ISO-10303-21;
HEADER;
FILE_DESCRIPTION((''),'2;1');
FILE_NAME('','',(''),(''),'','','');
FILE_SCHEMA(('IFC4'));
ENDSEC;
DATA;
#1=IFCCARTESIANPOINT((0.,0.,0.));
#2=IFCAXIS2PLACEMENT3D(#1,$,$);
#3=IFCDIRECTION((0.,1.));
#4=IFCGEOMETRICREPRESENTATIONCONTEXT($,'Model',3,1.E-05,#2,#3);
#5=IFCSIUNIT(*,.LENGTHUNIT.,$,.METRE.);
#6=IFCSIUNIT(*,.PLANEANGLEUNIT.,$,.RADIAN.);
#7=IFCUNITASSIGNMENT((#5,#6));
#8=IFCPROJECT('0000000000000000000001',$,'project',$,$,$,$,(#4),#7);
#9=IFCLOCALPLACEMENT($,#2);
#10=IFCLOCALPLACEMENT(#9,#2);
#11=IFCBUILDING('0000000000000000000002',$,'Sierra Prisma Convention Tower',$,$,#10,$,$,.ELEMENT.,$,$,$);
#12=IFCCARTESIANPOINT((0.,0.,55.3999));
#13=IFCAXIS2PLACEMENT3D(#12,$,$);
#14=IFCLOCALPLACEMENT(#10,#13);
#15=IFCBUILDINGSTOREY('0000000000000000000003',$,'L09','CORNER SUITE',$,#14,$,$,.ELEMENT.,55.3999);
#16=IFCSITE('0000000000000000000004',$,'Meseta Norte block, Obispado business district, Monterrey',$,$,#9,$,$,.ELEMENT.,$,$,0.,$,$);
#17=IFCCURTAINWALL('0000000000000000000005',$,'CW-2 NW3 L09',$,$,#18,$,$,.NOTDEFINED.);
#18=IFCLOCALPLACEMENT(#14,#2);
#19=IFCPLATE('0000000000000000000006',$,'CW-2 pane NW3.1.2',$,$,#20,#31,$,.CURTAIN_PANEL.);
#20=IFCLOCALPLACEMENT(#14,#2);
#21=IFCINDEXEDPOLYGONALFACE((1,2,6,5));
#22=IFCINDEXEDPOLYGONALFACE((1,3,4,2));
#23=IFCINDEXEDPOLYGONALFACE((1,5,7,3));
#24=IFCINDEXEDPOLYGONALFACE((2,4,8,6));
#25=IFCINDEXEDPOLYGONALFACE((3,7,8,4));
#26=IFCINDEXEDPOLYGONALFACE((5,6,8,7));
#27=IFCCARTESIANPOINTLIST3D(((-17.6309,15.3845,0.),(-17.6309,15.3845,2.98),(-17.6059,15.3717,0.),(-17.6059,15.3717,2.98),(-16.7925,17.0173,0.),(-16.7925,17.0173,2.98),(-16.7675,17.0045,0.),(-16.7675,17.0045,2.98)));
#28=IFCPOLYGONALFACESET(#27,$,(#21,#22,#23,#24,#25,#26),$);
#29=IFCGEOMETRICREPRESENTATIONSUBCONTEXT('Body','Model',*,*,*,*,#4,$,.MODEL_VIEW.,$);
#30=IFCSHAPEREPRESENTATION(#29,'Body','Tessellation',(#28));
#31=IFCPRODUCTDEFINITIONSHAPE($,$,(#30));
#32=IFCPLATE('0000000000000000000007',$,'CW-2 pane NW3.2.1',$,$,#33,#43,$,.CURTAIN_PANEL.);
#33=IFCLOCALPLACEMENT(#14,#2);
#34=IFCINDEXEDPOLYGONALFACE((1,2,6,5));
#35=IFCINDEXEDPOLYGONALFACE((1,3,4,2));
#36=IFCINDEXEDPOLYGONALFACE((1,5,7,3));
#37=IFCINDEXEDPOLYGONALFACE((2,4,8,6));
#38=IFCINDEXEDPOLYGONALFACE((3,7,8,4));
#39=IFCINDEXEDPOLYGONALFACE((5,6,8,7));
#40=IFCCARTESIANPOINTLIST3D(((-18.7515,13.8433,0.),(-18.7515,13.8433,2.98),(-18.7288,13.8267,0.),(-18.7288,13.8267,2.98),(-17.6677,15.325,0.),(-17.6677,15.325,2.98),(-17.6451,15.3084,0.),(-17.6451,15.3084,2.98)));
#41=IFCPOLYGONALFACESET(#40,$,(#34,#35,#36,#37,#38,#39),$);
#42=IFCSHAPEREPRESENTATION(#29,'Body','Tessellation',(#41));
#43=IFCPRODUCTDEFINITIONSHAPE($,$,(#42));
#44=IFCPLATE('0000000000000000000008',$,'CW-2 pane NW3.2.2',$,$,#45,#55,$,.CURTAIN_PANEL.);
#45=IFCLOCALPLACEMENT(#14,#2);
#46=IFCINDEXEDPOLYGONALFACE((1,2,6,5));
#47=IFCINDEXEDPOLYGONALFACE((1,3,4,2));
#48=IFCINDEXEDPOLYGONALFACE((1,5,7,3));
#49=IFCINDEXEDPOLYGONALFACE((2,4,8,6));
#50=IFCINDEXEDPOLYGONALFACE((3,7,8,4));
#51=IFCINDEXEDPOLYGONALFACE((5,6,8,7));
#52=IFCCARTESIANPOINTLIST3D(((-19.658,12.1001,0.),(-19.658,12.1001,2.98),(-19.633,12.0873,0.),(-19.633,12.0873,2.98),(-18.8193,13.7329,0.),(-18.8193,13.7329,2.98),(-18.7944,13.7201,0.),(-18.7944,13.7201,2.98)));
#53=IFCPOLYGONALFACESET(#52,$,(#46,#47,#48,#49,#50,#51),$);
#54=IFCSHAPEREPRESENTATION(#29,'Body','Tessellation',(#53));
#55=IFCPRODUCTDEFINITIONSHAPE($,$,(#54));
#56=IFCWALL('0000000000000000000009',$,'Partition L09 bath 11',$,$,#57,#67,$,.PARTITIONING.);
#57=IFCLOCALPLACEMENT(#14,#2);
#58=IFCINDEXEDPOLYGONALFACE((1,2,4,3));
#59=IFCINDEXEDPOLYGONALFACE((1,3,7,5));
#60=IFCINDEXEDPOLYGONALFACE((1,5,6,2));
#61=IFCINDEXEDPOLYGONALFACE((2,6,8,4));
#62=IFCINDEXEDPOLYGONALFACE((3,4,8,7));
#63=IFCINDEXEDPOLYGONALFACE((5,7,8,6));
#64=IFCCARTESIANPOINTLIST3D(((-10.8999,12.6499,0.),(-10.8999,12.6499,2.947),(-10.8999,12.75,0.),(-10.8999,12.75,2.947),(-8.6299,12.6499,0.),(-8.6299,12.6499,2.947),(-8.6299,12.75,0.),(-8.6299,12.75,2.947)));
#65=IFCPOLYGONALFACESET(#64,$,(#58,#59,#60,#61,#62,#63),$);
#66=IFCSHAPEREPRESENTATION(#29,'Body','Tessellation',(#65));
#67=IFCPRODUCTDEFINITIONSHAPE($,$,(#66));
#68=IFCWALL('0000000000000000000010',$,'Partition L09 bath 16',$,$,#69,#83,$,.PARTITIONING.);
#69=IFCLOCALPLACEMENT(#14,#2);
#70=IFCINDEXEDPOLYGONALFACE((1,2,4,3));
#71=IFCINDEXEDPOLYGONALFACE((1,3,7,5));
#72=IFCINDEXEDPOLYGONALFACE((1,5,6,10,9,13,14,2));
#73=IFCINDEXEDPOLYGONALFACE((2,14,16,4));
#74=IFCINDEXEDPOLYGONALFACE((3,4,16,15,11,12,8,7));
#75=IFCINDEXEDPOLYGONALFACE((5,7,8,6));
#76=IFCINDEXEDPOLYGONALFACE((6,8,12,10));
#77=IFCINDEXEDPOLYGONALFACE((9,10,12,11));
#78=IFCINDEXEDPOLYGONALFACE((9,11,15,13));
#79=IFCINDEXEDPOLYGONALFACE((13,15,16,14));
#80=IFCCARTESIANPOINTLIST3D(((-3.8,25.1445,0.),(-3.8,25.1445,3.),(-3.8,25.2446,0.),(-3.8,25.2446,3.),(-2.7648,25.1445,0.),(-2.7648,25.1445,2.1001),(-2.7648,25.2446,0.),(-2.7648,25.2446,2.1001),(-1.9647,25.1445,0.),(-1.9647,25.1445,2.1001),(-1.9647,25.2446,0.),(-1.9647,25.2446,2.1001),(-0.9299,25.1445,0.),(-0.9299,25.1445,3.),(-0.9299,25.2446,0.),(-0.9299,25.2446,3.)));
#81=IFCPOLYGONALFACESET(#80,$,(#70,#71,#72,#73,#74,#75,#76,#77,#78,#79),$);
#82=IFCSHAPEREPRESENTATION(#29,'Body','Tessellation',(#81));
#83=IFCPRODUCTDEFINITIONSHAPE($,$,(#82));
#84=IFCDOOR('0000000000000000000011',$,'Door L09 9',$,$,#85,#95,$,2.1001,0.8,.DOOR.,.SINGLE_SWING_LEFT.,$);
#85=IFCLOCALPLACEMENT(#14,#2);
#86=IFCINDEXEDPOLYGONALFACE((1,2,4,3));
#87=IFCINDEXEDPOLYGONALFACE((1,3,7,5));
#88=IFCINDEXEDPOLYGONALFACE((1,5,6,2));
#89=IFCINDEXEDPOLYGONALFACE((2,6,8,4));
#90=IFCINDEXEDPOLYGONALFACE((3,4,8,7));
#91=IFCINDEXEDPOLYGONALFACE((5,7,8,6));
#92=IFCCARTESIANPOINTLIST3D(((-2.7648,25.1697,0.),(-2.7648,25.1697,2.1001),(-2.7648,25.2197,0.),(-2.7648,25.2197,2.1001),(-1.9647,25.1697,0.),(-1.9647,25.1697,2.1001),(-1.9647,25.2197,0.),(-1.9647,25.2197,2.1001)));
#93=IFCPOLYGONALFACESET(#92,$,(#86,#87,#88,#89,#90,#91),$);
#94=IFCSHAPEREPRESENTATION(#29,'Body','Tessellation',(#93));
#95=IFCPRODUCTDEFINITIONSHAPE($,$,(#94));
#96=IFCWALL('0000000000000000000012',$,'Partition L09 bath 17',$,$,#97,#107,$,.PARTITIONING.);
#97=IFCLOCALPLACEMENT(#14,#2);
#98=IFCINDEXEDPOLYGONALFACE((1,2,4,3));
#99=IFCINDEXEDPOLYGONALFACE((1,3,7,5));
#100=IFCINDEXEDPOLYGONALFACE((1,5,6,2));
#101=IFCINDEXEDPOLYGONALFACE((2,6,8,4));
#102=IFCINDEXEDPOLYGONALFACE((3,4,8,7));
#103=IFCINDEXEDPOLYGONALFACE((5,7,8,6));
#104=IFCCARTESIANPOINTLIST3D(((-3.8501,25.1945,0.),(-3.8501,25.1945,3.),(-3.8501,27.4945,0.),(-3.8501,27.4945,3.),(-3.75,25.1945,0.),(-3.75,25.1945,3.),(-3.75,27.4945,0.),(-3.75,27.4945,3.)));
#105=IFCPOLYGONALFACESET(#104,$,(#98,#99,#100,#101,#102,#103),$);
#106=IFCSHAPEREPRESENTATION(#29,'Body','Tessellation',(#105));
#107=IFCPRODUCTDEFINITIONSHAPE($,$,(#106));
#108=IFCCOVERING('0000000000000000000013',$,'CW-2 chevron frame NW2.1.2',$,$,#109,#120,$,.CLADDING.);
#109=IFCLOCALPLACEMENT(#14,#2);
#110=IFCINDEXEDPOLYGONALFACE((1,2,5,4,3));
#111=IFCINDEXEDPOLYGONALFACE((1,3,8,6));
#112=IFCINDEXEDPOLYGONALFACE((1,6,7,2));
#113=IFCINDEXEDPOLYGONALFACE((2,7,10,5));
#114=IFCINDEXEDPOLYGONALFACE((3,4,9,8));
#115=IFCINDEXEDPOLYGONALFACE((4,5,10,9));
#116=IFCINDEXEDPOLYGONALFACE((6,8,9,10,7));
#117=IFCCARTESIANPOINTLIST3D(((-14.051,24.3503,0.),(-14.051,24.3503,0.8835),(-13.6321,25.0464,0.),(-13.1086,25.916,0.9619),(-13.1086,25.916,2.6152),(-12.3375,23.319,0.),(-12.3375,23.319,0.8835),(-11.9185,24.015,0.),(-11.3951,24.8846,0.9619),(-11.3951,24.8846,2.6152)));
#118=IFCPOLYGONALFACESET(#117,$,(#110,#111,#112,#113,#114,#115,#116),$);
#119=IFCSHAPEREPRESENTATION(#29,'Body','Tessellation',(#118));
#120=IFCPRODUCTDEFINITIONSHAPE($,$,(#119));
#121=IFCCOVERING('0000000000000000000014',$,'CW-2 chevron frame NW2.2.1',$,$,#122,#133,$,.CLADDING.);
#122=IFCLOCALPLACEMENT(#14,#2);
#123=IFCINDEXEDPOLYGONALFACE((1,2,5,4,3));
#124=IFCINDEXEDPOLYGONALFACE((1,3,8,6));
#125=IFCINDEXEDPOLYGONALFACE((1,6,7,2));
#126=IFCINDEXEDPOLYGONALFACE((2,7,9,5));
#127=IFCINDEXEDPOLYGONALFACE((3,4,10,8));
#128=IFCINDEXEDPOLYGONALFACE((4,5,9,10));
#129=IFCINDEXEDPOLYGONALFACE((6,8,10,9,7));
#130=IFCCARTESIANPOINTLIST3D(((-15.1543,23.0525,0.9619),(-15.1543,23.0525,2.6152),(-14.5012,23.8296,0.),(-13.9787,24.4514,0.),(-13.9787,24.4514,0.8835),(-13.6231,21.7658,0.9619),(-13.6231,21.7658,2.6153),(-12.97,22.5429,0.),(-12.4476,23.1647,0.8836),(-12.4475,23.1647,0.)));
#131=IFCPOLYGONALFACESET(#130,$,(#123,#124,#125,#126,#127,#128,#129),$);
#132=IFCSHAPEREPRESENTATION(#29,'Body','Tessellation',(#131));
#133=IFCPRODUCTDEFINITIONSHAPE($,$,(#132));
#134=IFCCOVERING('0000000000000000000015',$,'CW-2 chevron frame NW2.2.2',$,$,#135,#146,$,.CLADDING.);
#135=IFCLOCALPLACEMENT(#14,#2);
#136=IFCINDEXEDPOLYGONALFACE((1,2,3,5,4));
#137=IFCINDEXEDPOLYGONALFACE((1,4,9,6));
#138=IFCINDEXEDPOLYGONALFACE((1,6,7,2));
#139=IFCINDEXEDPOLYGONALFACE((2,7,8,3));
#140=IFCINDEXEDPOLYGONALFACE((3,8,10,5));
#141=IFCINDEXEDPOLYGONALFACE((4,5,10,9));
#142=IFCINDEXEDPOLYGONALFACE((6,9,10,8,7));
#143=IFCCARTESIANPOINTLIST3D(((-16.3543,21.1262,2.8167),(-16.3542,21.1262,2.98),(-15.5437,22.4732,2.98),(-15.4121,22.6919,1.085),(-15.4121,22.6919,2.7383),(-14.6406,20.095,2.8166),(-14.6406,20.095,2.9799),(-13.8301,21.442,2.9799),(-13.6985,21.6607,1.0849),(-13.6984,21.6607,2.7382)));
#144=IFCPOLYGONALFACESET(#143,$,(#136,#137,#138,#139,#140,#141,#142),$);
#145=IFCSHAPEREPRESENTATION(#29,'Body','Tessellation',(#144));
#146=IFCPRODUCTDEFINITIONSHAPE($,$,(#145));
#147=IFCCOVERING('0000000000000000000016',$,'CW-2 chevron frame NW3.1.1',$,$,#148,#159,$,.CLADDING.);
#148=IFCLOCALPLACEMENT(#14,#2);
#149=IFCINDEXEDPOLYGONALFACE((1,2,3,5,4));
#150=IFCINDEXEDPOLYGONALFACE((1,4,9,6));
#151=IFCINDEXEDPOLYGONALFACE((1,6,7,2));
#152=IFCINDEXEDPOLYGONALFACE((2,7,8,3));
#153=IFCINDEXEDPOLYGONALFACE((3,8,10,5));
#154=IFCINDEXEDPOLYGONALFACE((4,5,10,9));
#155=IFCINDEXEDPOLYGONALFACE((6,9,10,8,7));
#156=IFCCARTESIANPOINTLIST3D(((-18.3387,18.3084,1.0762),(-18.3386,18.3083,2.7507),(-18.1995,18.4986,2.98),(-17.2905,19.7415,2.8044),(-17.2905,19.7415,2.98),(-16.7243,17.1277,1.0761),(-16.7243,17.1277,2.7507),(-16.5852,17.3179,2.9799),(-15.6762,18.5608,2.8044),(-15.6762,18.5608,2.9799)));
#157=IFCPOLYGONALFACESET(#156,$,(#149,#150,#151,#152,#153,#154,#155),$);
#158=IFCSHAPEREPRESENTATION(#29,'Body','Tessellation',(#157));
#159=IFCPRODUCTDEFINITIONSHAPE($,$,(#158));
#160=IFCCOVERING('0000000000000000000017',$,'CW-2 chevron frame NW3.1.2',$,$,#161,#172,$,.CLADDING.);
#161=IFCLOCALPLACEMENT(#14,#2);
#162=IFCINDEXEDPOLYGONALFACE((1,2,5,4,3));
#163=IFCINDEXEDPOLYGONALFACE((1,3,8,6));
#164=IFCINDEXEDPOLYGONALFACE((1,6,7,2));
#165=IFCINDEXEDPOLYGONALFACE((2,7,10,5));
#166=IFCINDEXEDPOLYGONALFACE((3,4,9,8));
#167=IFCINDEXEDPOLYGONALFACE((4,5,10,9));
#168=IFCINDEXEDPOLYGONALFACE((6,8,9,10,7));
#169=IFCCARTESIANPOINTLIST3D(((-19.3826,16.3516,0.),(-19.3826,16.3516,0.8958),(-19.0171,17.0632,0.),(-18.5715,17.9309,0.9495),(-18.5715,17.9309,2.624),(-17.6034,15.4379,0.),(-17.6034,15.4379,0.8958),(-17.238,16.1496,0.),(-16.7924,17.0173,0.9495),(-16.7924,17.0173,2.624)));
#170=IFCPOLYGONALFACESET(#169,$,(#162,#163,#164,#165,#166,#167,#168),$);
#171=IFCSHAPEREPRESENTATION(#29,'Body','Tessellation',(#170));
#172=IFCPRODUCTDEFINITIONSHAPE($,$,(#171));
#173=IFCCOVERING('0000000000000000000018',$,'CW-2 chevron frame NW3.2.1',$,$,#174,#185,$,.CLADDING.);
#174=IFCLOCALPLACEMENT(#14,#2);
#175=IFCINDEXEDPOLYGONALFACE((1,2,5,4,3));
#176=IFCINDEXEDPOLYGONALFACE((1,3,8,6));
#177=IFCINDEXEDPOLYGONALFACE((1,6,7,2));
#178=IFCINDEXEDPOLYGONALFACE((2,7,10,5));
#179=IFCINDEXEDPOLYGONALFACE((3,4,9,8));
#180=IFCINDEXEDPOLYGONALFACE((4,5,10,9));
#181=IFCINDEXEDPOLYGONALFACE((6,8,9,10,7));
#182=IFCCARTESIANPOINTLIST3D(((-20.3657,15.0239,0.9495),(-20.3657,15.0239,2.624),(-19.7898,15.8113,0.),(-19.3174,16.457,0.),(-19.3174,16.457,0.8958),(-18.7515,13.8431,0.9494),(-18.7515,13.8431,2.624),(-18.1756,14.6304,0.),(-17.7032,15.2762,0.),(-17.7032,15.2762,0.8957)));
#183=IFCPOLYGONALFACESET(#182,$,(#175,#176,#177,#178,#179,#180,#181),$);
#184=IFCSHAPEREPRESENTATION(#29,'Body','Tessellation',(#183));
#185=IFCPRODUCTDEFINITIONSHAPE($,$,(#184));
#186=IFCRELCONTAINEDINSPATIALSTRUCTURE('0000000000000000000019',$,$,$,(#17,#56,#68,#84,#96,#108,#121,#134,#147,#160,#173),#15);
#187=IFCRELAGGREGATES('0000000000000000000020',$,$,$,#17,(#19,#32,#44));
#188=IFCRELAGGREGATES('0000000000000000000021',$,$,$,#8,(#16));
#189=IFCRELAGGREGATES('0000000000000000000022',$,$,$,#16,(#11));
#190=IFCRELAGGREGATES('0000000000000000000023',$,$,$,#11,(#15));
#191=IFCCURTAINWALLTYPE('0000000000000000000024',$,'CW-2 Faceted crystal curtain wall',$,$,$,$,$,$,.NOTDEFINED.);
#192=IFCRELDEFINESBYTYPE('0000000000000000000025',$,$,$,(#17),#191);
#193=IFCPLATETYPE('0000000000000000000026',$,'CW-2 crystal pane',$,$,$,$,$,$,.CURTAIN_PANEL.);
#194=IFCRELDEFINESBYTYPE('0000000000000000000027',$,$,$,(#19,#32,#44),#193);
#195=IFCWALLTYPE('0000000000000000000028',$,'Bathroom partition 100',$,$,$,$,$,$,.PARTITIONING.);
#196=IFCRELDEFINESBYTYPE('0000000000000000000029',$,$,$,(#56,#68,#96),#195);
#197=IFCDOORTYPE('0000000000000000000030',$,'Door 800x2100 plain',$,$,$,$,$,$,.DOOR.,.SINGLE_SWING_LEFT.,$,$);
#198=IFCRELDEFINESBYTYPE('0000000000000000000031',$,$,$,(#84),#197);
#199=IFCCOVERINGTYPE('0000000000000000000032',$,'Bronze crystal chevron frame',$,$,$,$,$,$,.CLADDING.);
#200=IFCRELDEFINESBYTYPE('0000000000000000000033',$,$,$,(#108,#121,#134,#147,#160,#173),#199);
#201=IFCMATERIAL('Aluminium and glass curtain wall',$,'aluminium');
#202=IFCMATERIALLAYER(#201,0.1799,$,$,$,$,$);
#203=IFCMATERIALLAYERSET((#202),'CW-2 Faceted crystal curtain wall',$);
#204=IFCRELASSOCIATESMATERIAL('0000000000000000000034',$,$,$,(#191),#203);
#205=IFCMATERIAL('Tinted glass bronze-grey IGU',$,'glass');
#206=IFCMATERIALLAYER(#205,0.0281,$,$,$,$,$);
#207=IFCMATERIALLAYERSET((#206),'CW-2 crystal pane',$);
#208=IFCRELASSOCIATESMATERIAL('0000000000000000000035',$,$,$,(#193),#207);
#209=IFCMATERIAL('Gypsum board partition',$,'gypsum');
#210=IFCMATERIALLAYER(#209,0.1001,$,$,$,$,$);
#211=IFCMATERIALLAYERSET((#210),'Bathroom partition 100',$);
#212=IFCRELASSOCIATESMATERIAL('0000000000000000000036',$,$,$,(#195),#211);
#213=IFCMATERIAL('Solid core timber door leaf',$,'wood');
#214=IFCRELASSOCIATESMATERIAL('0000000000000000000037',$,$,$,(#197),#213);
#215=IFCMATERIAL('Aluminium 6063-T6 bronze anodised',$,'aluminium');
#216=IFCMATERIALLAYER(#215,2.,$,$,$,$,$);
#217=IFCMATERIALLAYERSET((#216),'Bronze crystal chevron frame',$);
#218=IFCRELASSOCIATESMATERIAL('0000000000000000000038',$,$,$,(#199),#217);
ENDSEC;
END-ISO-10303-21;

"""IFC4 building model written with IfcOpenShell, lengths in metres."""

from ifc_helpers import new_model, si_unit, direction, frame, frame_2d, origin, place, context, subcontext, project, spatial, polyline, rectangle, outline, extrude, material, layer, layer_set, type_object, element, fill, aggregate, save


model = new_model("IFC4")

# Units and contexts
model_context = context("Model", 3, precision=1e-05, world=origin(), true_north=direction((0.0, 1.0)))
body_context = subcontext(model_context, "Body", "Model", "MODEL_VIEW")
ifc_project = project(units=[si_unit("LENGTHUNIT", "METRE"), si_unit("PLANEANGLEUNIT", "RADIAN")], contexts=[model_context])

# Site, building, storey
site_placement = place(None, origin())
site = spatial("IfcSite", under=ifc_project, at=site_placement, Name="Meseta Norte block, Obispado business district, Monterrey", CompositionType="ELEMENT", RefElevation=0.0)
building_placement = place(site_placement, origin())
building = spatial("IfcBuilding", under=site, at=building_placement, Name="Sierra Prisma Convention Tower", CompositionType="ELEMENT")
storey_placement = place(building_placement, frame((0.0, 0.0, 55.3999)))
storey = spatial("IfcBuildingStorey", under=building, at=storey_placement, Name="L09", Description="CORNER SUITE", CompositionType="ELEMENT", Elevation=55.3999)

# Curtain wall
ifc_material_1 = material(Name="Aluminium and glass curtain wall", Category="aluminium")
ifc_layer_1 = layer(ifc_material_1, 0.1799)
ifc_layer_set_1 = layer_set([ifc_layer_1], Name="CW-2 Faceted crystal curtain wall")
curtain_wall_type = type_object("IfcCurtainWallType", Name="CW-2 Faceted crystal curtain wall", PredefinedType="NOTDEFINED", material=ifc_layer_set_1)
curtain_wall_1_placement = place(storey_placement, origin())
curtain_wall_1 = element("IfcCurtainWall", 1, at=curtain_wall_1_placement, inside=storey, type_object=curtain_wall_type, Name="CW-2 NW3 L09", PredefinedType="NOTDEFINED")

# Plates
ifc_material_2 = material(Name="Tinted glass bronze-grey IGU", Category="glass")
ifc_layer_2 = layer(ifc_material_2, 0.0281)
ifc_layer_set_2 = layer_set([ifc_layer_2], Name="CW-2 crystal pane")
plate_type = type_object("IfcPlateType", Name="CW-2 crystal pane", PredefinedType="CURTAIN_PANEL", material=ifc_layer_set_2)
plate_1_placement = place(storey_placement, frame((-17.6309, 15.3845, 0.0), z_axis=(-0.889587, 0.456765, 0.0), x_axis=(0.456765, 0.889587, 0.0)))
plate_1 = element("IfcPlate", 2, at=plate_1_placement, type_object=plate_type, Name="CW-2 pane NW3.1.2", PredefinedType="CURTAIN_PANEL", context=body_context, shape_type="SweptSolid", body=[
    extrude(outline(polyline([(0.0, 0.0), (1.8355, 0.0), (1.8355, -2.98), (0.0, -2.98), (0.0, 0.0)])), origin(), (0.0, 0.0, -1.0), 0.0281),
])
plate_2_placement = place(storey_placement, frame((-17.6677, 15.325, 0.0), z_axis=(-0.80714, 0.59036, 0.0), x_axis=(-0.59036, -0.80714, 0.0)))
plate_2 = element("IfcPlate", 3, at=plate_2_placement, type_object=plate_type, Name="CW-2 pane NW3.2.1", PredefinedType="CURTAIN_PANEL", context=body_context, shape_type="SweptSolid", body=[
    extrude(outline(polyline([(0.0, 0.0), (1.8357, 0.0), (1.8357, 2.98), (0.0, 2.98), (0.0, 0.0)])), origin(), (0.0, 0.0, -1.0), 0.0281),
])
plate_3_placement = place(storey_placement, frame((-19.658, 12.1001, 0.0), z_axis=(-0.889533, 0.45687, 0.0), x_axis=(0.45687, 0.889533, 0.0)))
plate_3 = element("IfcPlate", 4, at=plate_3_placement, type_object=plate_type, Name="CW-2 pane NW3.2.2", PredefinedType="CURTAIN_PANEL", context=body_context, shape_type="SweptSolid", body=[
    extrude(outline(polyline([(0.0, 0.0), (1.8356, 0.0), (1.8356, -2.98), (0.0, -2.98), (0.0, 0.0)])), origin(), (0.0, 0.0, -1.0), 0.0281),
])
aggregate(curtain_wall_1, [plate_1, plate_2, plate_3])

# Wall
ifc_material_3 = material(Name="Gypsum board partition", Category="gypsum")
ifc_layer_3 = layer(ifc_material_3, 0.1001)
ifc_layer_set_3 = layer_set([ifc_layer_3], Name="Bathroom partition 100")
wall_type = type_object("IfcWallType", Name="Bathroom partition 100", PredefinedType="PARTITIONING", material=ifc_layer_set_3)
wall_1_placement = place(storey_placement, frame((-10.8999, 12.7, 0.0), z_axis=(0.0, 0.0, 1.0), x_axis=(1.0, 0.0, 0.0)))
element("IfcWall", 5, at=wall_1_placement, inside=storey, type_object=wall_type, Name="Partition L09 bath 11", PredefinedType="PARTITIONING", context=body_context, shape_type="SweptSolid", body=[
    extrude(rectangle(XDim=2.27, YDim=0.1001, at=frame_2d((1.135, 0.0))), origin(), (0.0, 0.0, 1.0), 2.947),
])

# Wall, opening, door
wall_2_placement = place(storey_placement, frame((-0.9299, 25.1946, 0.0), z_axis=(0.0, 0.0, 1.0), x_axis=(-1.0, 0.0, 0.0)))
wall_2 = element("IfcWall", 6, at=wall_2_placement, inside=storey, type_object=wall_type, Name="Partition L09 bath 16", PredefinedType="PARTITIONING", context=body_context, shape_type="SweptSolid", body=[
    extrude(rectangle(XDim=2.8701, YDim=0.1001, at=frame_2d((1.4351, 0.0))), origin(), (0.0, 0.0, 1.0), 3.0),
])
opening_placement = place(wall_2_placement, frame((1.0349, 0.0, 0.0)))
opening = element("IfcOpeningElement", 7, at=opening_placement, cuts=wall_2, PredefinedType="OPENING", context=body_context, shape_type="SweptSolid", body=[
    extrude(rectangle(XDim=0.8, YDim=2.1001, at=frame_2d((0.3999, 1.05))), frame((0.0, 0.05, 0.0), z_axis=(0.0, -1.0, 0.0), x_axis=(1.0, 0.0, 0.0)), (0.0, 0.0, 1.0), 0.1001),
])
ifc_material_4 = material(Name="Solid core timber door leaf", Category="wood")
door_type = type_object("IfcDoorType", Name="Door 800x2100 plain", OperationType="SINGLE_SWING_LEFT", PredefinedType="DOOR", material=ifc_material_4)
door_placement = place(opening_placement, origin())
door = element("IfcDoor", 8, at=door_placement, inside=storey, type_object=door_type, Name="Door L09 9", OperationType="SINGLE_SWING_LEFT", OverallHeight=2.1001, OverallWidth=0.8, PredefinedType="DOOR", context=body_context, shape_type="SweptSolid", body=[
    extrude(rectangle(XDim=0.8, YDim=2.1001, at=frame_2d((0.3999, 1.05))), frame((0.0, 0.0249, 0.0), z_axis=(0.0, -1.0, 0.0), x_axis=(1.0, 0.0, 0.0)), (0.0, 0.0, 1.0), 0.05),
])
fill(opening, door)

# Wall
wall_3_placement = place(storey_placement, frame((-3.8, 25.1946, 0.0), z_axis=(0.0, 0.0, 1.0), x_axis=(0.0, 1.0, 0.0)))
element("IfcWall", 9, at=wall_3_placement, inside=storey, type_object=wall_type, Name="Partition L09 bath 17", PredefinedType="PARTITIONING", context=body_context, shape_type="SweptSolid", body=[
    extrude(rectangle(XDim=2.3, YDim=0.1001, at=frame_2d((1.1499, 0.0))), origin(), (0.0, 0.0, 1.0), 3.0),
])

# Coverings
ifc_material_5 = material(Name="Aluminium 6063-T6 bronze anodised", Category="aluminium")
ifc_layer_4 = layer(ifc_material_5, 2.0)
ifc_layer_set_4 = layer_set([ifc_layer_4], Name="Bronze crystal chevron frame")
covering_type = type_object("IfcCoveringType", Name="Bronze crystal chevron frame", PredefinedType="CLADDING", material=ifc_layer_set_4)
covering_1_placement = place(storey_placement, frame((-13.1086, 25.916, 2.6152), z_axis=(-0.856773, 0.515693, 0.000002), x_axis=(-0.000001, 0.000001, -1.0)))
element("IfcCovering", 10, at=covering_1_placement, inside=storey, type_object=covering_type, Name="CW-2 chevron frame NW2.1.2", PredefinedType="CLADDING", context=body_context, shape_type="SweptSolid", body=[
    extrude(outline(polyline([(0.0, 0.0), (1.6533, 0.0), (2.6152, 1.015), (2.6152, 1.8274), (1.7317, 1.8274), (0.0, 0.0)])), origin(), (0.0, 0.0, -1.0), 2.0),
])
covering_2_placement = place(storey_placement, frame((-14.5012, 23.8296, 0.0), z_axis=(-0.765592, 0.643326, -0.000018), x_axis=(-0.466974, -0.555706, 0.687842)))
element("IfcCovering", 11, at=covering_2_placement, inside=storey, type_object=covering_type, Name="CW-2 chevron frame NW2.2.1", PredefinedType="CLADDING", context=body_context, shape_type="SweptSolid", body=[
    extrude(outline(polyline([(0.0, 0.0), (1.3985, 0.0), (2.5357, 1.2001), (0.0182, 1.2), (-0.5895, 0.5586), (0.0, 0.0)])), origin(), (0.0, 0.0, -1.0), 2.0),
])
covering_3_placement = place(storey_placement, frame((-16.3542, 21.1262, 2.98), z_axis=(-0.856831, 0.515598, 0.000017), x_axis=(0.515598, 0.856831, 0.0)))
element("IfcCovering", 12, at=covering_3_placement, inside=storey, type_object=covering_type, Name="CW-2 chevron frame NW2.2.2", PredefinedType="CLADDING", context=body_context, shape_type="SweptSolid", body=[
    extrude(outline(polyline([(0.0, 0.0), (1.572, 0.0), (1.8273, 0.2417), (1.8273, 1.895), (0.0, 0.1633), (0.0, 0.0)])), origin(), (0.0, 0.0, -1.0), 2.0),
])
covering_4_placement = place(storey_placement, frame((-17.2905, 19.7415, 2.98), z_axis=(-0.807171, 0.590317, 0.000027), x_axis=(-0.000022, 0.000016, -1.0)))
element("IfcCovering", 13, at=covering_4_placement, inside=storey, type_object=covering_type, Name="CW-2 chevron frame NW3.1.1", PredefinedType="CLADDING", context=body_context, shape_type="SweptSolid", body=[
    extrude(outline(polyline([(0.0, 0.0), (0.1755, 0.0), (1.9038, 1.7755), (0.2292, 1.7755), (0.0, 1.5398), (0.0, 0.0)])), origin(), (0.0, 0.0, -1.0), 2.0),
])
covering_5_placement = place(storey_placement, frame((-18.5715, 17.9309, 2.624), z_axis=(-0.889561, 0.456816, -0.000005), x_axis=(0.000005, -0.000002, -1.0)))
element("IfcCovering", 14, at=covering_5_placement, inside=storey, type_object=covering_type, Name="CW-2 chevron frame NW3.1.2", PredefinedType="CLADDING", context=body_context, shape_type="SweptSolid", body=[
    extrude(outline(polyline([(0.0, 0.0), (1.6746, 0.0), (2.624, 0.9754), (2.624, 1.7754), (1.7283, 1.7754), (0.0, 0.0)])), origin(), (0.0, 0.0, -1.0), 2.0),
])
covering_6_placement = place(storey_placement, frame((-19.3174, 16.457, 0.0), z_axis=(-0.807101, 0.590413, 0.000009), x_axis=(-0.590413, -0.807101, 0.0)))
element("IfcCovering", 15, at=covering_6_placement, inside=storey, type_object=covering_type, Name="CW-2 chevron frame NW3.2.1", PredefinedType="CLADDING", context=body_context, shape_type="SweptSolid", body=[
    extrude(outline(polyline([(0.0, 0.0), (0.8001, 0.0), (1.7756, 0.9495), (1.7756, 2.624), (0.0, 0.8958), (0.0, 0.0)])), origin(), (0.0, 0.0, -1.0), 2.0),
])

save(model, "model.ifc")
